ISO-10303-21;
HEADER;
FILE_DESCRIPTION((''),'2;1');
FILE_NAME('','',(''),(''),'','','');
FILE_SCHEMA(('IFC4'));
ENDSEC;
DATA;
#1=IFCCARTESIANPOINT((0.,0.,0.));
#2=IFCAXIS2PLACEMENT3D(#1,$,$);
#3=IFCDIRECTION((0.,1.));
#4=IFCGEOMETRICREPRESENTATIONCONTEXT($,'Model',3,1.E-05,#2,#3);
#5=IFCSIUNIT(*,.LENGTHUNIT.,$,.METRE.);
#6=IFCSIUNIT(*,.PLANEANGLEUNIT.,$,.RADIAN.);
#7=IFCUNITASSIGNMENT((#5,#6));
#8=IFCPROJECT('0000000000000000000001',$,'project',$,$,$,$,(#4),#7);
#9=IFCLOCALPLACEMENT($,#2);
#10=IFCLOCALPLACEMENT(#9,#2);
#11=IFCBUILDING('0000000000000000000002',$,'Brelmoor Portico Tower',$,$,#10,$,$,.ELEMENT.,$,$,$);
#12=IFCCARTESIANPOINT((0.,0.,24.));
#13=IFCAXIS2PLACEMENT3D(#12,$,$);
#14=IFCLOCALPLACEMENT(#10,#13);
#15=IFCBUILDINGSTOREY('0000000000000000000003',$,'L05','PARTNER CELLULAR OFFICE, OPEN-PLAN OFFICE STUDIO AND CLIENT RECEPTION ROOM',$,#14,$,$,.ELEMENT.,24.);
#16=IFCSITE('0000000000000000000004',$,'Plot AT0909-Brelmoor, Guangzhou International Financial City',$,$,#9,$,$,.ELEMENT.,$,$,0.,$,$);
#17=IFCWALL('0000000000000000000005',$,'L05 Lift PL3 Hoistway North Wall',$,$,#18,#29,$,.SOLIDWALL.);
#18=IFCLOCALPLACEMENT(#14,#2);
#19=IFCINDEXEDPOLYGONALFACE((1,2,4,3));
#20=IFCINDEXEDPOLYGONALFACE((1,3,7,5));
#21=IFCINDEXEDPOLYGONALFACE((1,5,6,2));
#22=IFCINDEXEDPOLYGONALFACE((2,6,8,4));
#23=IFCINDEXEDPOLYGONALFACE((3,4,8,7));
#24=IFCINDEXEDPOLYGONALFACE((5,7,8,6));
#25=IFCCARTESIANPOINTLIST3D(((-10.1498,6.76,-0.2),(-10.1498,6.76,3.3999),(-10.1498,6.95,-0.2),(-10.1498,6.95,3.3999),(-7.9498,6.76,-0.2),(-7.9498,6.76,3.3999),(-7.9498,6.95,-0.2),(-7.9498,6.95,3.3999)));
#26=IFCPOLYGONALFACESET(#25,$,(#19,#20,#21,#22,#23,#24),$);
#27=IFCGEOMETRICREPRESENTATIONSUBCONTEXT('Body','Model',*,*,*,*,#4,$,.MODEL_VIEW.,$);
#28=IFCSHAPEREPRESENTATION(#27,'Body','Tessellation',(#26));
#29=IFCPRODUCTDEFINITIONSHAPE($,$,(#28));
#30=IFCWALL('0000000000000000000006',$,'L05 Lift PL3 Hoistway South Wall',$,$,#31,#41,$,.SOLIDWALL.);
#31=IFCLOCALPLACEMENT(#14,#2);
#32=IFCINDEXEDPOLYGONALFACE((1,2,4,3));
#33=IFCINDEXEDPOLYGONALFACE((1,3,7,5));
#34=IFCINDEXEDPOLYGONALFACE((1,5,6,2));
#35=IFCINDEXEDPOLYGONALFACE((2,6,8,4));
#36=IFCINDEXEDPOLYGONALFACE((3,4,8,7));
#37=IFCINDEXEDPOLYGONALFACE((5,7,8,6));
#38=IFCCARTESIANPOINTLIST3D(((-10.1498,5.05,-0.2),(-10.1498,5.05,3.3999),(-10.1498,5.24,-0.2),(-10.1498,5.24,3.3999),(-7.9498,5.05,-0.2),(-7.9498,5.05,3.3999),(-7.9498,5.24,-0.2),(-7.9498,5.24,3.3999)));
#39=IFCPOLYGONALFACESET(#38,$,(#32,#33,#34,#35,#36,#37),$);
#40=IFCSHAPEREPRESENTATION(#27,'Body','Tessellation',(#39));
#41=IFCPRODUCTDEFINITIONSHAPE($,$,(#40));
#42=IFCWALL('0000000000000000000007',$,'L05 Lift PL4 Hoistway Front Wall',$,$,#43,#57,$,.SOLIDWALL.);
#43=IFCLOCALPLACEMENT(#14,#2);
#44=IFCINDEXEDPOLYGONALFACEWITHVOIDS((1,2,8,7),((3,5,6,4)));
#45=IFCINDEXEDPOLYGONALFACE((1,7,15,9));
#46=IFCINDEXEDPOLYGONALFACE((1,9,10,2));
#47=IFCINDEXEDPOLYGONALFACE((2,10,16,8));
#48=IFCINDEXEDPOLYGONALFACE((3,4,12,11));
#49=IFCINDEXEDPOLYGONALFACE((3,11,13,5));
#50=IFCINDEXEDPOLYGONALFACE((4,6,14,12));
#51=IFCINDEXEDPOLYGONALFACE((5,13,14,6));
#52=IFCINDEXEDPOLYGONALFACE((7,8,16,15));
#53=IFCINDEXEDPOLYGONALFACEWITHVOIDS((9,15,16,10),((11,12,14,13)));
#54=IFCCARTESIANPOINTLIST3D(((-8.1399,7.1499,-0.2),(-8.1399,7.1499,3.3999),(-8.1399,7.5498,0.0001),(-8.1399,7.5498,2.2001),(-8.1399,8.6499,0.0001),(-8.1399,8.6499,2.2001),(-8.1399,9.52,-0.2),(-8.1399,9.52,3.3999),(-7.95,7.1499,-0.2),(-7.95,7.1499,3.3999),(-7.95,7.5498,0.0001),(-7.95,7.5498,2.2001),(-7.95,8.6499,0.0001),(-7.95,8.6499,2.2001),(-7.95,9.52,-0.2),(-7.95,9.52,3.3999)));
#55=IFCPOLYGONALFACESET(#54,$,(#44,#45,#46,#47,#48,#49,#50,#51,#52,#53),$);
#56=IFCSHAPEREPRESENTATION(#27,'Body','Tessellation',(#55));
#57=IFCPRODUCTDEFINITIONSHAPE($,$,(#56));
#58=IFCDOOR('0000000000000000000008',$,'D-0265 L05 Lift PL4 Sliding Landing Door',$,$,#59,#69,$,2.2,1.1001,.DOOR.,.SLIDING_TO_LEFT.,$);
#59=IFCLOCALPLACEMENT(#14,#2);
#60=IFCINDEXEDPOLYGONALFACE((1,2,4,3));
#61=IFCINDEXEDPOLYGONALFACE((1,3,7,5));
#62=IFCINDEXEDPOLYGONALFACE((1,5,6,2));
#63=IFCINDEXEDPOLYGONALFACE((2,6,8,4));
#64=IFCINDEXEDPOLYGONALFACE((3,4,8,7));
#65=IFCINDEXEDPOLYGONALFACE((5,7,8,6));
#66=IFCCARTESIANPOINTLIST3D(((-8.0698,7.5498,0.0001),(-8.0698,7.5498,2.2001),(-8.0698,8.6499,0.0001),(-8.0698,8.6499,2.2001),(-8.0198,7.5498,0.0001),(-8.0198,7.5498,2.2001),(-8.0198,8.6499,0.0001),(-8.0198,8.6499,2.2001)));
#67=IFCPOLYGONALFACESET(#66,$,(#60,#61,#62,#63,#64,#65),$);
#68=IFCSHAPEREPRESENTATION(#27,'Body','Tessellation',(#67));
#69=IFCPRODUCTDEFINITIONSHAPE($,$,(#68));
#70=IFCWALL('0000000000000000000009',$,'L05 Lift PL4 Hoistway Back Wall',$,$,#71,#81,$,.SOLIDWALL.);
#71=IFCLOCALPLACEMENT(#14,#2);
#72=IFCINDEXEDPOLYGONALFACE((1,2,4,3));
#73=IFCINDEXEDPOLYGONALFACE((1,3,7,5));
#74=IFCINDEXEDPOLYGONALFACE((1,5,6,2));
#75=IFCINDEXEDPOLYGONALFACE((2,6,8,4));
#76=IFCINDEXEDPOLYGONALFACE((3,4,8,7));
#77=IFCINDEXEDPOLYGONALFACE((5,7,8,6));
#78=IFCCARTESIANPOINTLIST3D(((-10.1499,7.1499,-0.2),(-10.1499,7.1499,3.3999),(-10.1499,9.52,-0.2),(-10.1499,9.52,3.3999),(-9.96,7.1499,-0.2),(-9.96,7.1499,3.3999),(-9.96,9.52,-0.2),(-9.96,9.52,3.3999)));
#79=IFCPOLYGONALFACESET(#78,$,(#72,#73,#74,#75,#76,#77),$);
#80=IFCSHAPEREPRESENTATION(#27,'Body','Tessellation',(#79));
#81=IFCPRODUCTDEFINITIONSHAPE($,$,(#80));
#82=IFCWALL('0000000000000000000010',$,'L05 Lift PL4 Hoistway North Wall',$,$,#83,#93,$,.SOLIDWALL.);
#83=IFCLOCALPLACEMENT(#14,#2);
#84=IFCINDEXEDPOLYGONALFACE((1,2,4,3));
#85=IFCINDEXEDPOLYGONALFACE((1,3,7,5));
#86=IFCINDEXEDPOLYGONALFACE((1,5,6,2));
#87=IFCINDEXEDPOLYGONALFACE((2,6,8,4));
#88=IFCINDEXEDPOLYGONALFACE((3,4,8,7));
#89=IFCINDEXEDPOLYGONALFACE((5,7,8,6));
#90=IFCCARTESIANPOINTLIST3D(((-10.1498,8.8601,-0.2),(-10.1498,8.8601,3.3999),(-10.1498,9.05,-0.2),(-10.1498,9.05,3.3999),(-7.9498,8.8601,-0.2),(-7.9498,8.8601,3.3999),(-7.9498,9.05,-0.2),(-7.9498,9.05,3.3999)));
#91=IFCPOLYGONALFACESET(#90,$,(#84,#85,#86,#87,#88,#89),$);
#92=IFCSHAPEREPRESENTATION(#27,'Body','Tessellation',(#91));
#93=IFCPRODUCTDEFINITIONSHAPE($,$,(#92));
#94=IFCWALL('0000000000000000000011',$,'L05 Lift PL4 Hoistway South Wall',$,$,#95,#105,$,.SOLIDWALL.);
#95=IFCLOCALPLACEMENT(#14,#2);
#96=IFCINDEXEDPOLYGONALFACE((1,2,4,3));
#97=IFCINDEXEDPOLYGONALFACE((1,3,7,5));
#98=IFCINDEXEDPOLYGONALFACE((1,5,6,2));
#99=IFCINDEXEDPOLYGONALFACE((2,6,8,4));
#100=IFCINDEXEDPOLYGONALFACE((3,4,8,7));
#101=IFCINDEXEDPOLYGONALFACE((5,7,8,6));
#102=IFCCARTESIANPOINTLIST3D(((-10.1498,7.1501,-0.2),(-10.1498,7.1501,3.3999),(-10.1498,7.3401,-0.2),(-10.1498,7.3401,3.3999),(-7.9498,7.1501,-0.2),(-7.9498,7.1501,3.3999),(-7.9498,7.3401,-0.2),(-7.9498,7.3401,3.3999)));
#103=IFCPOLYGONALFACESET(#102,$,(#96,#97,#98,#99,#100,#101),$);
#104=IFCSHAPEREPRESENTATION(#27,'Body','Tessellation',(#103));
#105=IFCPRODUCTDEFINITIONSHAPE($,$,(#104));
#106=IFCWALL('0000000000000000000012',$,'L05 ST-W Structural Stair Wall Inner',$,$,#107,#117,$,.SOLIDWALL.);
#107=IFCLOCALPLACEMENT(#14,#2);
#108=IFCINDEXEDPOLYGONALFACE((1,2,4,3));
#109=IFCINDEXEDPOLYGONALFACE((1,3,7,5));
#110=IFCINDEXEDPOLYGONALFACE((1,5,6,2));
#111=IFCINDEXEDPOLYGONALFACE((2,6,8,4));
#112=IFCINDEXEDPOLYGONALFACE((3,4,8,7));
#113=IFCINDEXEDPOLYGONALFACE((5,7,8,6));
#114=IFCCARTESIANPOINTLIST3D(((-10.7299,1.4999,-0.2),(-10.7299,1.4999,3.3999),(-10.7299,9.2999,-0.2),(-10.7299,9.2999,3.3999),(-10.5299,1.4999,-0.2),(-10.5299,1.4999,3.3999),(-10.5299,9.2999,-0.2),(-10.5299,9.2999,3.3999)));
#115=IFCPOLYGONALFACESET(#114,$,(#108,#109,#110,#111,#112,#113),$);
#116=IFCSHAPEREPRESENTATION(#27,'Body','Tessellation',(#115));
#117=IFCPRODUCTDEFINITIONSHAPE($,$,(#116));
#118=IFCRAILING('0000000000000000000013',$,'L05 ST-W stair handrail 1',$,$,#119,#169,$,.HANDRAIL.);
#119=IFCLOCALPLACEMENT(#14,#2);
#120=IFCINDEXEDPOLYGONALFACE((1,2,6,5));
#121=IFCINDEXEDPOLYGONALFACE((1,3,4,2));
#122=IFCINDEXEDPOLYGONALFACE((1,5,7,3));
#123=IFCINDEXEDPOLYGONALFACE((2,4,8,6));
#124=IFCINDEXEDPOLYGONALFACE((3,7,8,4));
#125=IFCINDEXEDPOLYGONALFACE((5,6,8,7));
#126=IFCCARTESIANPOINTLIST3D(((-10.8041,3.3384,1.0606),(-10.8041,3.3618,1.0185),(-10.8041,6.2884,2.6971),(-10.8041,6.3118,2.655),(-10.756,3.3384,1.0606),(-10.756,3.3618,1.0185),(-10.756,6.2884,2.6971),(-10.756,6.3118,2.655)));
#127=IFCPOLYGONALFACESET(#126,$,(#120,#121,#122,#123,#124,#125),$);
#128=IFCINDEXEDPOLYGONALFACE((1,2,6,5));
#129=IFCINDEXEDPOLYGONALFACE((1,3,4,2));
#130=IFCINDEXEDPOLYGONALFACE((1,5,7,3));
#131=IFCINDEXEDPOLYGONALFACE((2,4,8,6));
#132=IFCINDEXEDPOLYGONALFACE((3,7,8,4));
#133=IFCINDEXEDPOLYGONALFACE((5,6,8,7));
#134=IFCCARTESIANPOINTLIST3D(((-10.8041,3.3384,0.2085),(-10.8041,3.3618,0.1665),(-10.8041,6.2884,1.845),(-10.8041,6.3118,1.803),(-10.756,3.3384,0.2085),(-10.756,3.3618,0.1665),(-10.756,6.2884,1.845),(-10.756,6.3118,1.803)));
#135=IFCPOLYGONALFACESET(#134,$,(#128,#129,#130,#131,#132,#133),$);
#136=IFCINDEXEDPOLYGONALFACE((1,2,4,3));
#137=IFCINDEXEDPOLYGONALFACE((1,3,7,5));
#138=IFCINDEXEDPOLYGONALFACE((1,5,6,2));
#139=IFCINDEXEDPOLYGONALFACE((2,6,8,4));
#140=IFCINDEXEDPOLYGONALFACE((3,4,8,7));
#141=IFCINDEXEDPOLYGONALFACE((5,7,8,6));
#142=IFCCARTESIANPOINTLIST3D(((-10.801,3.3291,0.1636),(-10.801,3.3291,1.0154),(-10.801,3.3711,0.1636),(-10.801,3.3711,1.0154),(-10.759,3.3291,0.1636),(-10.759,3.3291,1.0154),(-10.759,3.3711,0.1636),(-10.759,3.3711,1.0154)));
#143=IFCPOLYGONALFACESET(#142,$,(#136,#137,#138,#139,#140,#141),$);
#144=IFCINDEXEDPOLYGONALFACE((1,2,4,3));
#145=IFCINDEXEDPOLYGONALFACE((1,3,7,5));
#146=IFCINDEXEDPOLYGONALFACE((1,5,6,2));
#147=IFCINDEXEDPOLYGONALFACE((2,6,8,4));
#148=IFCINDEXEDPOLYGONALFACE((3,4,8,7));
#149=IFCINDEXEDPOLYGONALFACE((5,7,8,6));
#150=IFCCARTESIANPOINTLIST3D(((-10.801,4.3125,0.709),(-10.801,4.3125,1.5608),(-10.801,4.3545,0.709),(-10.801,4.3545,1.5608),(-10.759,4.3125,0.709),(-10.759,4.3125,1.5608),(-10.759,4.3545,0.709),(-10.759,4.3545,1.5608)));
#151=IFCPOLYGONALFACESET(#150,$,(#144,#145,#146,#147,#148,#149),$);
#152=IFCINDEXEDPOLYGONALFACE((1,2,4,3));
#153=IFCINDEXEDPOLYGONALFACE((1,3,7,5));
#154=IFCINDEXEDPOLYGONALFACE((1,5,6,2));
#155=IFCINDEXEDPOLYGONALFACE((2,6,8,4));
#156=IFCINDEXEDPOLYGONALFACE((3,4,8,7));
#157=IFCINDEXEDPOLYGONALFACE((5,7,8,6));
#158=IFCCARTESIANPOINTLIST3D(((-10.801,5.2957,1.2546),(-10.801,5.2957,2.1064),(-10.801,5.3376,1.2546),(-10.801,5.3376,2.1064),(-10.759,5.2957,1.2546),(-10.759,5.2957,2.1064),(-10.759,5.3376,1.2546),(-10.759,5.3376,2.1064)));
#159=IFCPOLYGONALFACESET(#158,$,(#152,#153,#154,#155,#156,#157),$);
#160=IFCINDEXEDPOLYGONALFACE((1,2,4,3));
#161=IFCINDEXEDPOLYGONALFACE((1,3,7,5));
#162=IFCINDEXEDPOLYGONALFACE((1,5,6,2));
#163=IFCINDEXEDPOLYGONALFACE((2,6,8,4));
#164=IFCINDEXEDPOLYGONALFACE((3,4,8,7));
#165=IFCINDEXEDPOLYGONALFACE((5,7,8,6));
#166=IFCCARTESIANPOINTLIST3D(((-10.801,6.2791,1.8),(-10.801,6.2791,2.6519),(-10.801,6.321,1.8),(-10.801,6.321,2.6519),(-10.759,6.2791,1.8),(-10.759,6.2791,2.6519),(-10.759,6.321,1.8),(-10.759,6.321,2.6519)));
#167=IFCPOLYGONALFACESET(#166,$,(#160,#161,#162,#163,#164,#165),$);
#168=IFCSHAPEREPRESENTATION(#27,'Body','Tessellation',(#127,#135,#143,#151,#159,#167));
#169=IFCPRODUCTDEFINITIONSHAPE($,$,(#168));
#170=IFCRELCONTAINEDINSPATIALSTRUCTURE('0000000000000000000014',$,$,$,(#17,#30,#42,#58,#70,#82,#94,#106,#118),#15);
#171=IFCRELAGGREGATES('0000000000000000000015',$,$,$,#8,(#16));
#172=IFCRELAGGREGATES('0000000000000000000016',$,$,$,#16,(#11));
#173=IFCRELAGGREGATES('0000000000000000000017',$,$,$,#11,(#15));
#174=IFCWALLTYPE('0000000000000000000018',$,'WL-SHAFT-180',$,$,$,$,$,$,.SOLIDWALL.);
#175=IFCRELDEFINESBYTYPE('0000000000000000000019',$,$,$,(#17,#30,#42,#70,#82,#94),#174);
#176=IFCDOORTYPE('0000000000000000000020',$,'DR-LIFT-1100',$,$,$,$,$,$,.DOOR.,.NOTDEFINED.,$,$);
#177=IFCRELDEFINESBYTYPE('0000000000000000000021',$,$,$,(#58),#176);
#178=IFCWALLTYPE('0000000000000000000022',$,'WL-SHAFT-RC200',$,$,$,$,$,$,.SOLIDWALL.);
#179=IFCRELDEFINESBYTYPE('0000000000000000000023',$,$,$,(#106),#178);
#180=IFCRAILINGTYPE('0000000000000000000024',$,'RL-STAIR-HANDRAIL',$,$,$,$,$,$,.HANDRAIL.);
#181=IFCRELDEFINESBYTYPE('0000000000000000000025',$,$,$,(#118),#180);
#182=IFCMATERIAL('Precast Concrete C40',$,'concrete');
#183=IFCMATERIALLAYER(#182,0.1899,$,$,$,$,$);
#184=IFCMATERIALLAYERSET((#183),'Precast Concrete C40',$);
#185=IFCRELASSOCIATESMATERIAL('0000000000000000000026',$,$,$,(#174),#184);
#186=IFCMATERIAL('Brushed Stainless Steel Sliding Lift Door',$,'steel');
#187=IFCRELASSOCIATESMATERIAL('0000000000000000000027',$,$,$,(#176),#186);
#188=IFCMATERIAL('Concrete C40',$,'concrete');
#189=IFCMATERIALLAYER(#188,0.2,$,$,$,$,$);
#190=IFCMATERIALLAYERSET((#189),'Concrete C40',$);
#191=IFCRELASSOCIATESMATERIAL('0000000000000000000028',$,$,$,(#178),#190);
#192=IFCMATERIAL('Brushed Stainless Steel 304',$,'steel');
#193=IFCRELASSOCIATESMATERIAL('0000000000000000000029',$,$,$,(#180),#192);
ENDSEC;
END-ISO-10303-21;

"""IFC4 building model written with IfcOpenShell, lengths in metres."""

from ifc_helpers import new_model, si_unit, direction, frame, frame_2d, origin, origin_2d, place, context, subcontext, project, spatial, rectangle, extrude, material, layer, layer_set, type_object, element, fill, save


model = new_model("IFC4")

# Units and contexts
model_context = context("Model", 3, precision=1e-05, world=origin(), true_north=direction((0.0, 1.0)))
body_context = subcontext(model_context, "Body", "Model", "MODEL_VIEW")
ifc_project = project(units=[si_unit("LENGTHUNIT", "METRE"), si_unit("PLANEANGLEUNIT", "RADIAN")], contexts=[model_context])

# Site, building, storey
site_placement = place(None, origin())
site = spatial("IfcSite", under=ifc_project, at=site_placement, Name="Plot AT0909-Brelmoor, Guangzhou International Financial City", CompositionType="ELEMENT", RefElevation=0.0)
building_placement = place(site_placement, origin())
building = spatial("IfcBuilding", under=site, at=building_placement, Name="Brelmoor Portico Tower", CompositionType="ELEMENT")
storey_placement = place(building_placement, frame((0.0, 0.0, 24.0)))
storey = spatial("IfcBuildingStorey", under=building, at=storey_placement, Name="L05", Description="PARTNER CELLULAR OFFICE, OPEN-PLAN OFFICE STUDIO AND CLIENT RECEPTION ROOM", CompositionType="ELEMENT", Elevation=24.0)

# Shared definitions
ifc_material_1 = material(Name="Precast Concrete C40", Category="concrete")
ifc_layer_1 = layer(ifc_material_1, 0.1899)
ifc_layer_set_1 = layer_set([ifc_layer_1], Name="Precast Concrete C40")
wall_type_1 = type_object("IfcWallType", Name="WL-SHAFT-180", PredefinedType="SOLIDWALL", material=ifc_layer_set_1)
ifc_material_2 = material(Name="Brushed Stainless Steel Sliding Lift Door", Category="steel")
door_type_1 = type_object("IfcDoorType", Name="DR-LIFT-1100", OperationType="NOTDEFINED", PredefinedType="DOOR", material=ifc_material_2)

# Walls
for number, where, z_axis, x_axis, name in (
    (1, (-10.1499, 6.855, -0.2), (0.0, 0.0, 1.0), (1.0, 0.0, 0.0), "L05 Lift PL3 Hoistway North Wall"),
    (2, (-10.1499, 5.145, -0.2), (0.0, 0.0, 1.0), (1.0, 0.0, 0.0), "L05 Lift PL3 Hoistway South Wall"),
):
    element("IfcWall", number, at=place(storey_placement, frame(where, z_axis=z_axis, x_axis=x_axis)), inside=storey, type_object=wall_type_1, Name=name, PredefinedType="SOLIDWALL", context=body_context, shape_type="SweptSolid", body=[
        extrude(rectangle(XDim=2.2, YDim=0.1899, at=frame_2d((1.1001, 0.0))), origin(), (0.0, 0.0, 1.0), 3.5999),
    ])

# Wall, opening, door
wall_1_placement = place(storey_placement, frame((-8.0449, 7.1499, -0.2), z_axis=(0.0, 0.0, 1.0), x_axis=(0.0, 1.0, 0.0)))
wall_1 = element("IfcWall", 3, at=wall_1_placement, inside=storey, type_object=wall_type_1, Name="L05 Lift PL4 Hoistway Front Wall", PredefinedType="SOLIDWALL", context=body_context, shape_type="SweptSolid", body=[
    extrude(rectangle(XDim=2.3701, YDim=0.1899, at=frame_2d((1.1851, 0.0))), origin(), (0.0, 0.0, 1.0), 3.5999),
])
opening_1_placement = place(wall_1_placement, frame((0.3999, 0.0, 0.2)))
opening_1 = element("IfcOpeningElement", 4, at=opening_1_placement, cuts=wall_1, PredefinedType="OPENING", context=body_context, shape_type="SweptSolid", body=[
    extrude(rectangle(XDim=1.1001, YDim=2.2, at=frame_2d((0.55, 1.1001))), frame((0.0, 0.105, 0.0), z_axis=(0.0, -1.0, 0.0), x_axis=(1.0, 0.0, 0.0)), (0.0, 0.0, 1.0), 0.21),
])
door_1_placement = place(opening_1_placement, origin())
door_1 = element("IfcDoor", 5, at=door_1_placement, inside=storey, type_object=door_type_1, Name="D-0265 L05 Lift PL4 Sliding Landing Door", OperationType="SLIDING_TO_LEFT", OverallHeight=2.2, OverallWidth=1.1001, PredefinedType="DOOR", context=body_context, shape_type="SweptSolid", body=[
    extrude(rectangle(XDim=1.1001, YDim=2.2, at=frame_2d((0.55, 1.1001))), frame((0.0, 0.0249, 0.0), z_axis=(0.0, -1.0, 0.0), x_axis=(1.0, 0.0, 0.0)), (0.0, 0.0, 1.0), 0.05),
])
fill(opening_1, door_1)

# Walls
wall_2_placement = place(storey_placement, frame((-10.0549, 7.1499, -0.2), z_axis=(0.0, 0.0, 1.0), x_axis=(0.0, 1.0, 0.0)))
element("IfcWall", 6, at=wall_2_placement, inside=storey, type_object=wall_type_1, Name="L05 Lift PL4 Hoistway Back Wall", PredefinedType="SOLIDWALL", context=body_context, shape_type="SweptSolid", body=[
    extrude(rectangle(XDim=2.3701, YDim=0.1899, at=frame_2d((1.1851, 0.0))), origin(), (0.0, 0.0, 1.0), 3.5999),
])
for number, where, z_axis, x_axis, name in (
    (7, (-10.1499, 8.9551, -0.2), (0.0, 0.0, 1.0), (1.0, 0.0, 0.0), "L05 Lift PL4 Hoistway North Wall"),
    (8, (-10.1499, 7.2451, -0.2), (0.0, 0.0, 1.0), (1.0, 0.0, 0.0), "L05 Lift PL4 Hoistway South Wall"),
):
    element("IfcWall", number, at=place(storey_placement, frame(where, z_axis=z_axis, x_axis=x_axis)), inside=storey, type_object=wall_type_1, Name=name, PredefinedType="SOLIDWALL", context=body_context, shape_type="SweptSolid", body=[
        extrude(rectangle(XDim=2.2, YDim=0.1899, at=frame_2d((1.1001, 0.0))), origin(), (0.0, 0.0, 1.0), 3.5999),
    ])
ifc_material_3 = material(Name="Concrete C40", Category="concrete")
ifc_layer_2 = layer(ifc_material_3, 0.2)
ifc_layer_set_2 = layer_set([ifc_layer_2], Name="Concrete C40")
wall_type_2 = type_object("IfcWallType", Name="WL-SHAFT-RC200", PredefinedType="SOLIDWALL", material=ifc_layer_set_2)
wall_3_placement = place(storey_placement, frame((-10.6299, 1.5, -0.2), z_axis=(0.0, 0.0, 1.0), x_axis=(0.0, 1.0, 0.0)))
element("IfcWall", 9, at=wall_3_placement, inside=storey, type_object=wall_type_2, Name="L05 ST-W Structural Stair Wall Inner", PredefinedType="SOLIDWALL", context=body_context, shape_type="SweptSolid", body=[
    extrude(rectangle(XDim=7.8, YDim=0.2, at=frame_2d((3.8999, 0.0))), origin(), (0.0, 0.0, 1.0), 3.5999),
])

# Railing
ifc_material_4 = material(Name="Brushed Stainless Steel 304", Category="steel")
railing_type = type_object("IfcRailingType", Name="RL-STAIR-HANDRAIL", PredefinedType="HANDRAIL", material=ifc_material_4)
railing_placement = place(storey_placement, frame((-10.78, 3.3501, 0.1636)))
element("IfcRailing", 10, at=railing_placement, inside=storey, type_object=railing_type, Name="L05 ST-W stair handrail 1", PredefinedType="HANDRAIL", context=body_context, shape_type="SweptSolid", body=[
    extrude(rectangle(XDim=0.0481, YDim=0.0481, at=origin_2d()), frame((0.0, 0.0, 0.876), z_axis=(0.0, 0.874458, 0.485102), x_axis=(-1.0, 0.0, 0.0)), (0.0, 0.0, 1.0), 3.3735),
    extrude(rectangle(XDim=0.0481, YDim=0.0481, at=origin_2d()), frame((0.0, 0.0, 0.0239), z_axis=(0.0, 0.874458, 0.485102), x_axis=(-1.0, 0.0, 0.0)), (0.0, 0.0, 1.0), 3.3735),
    extrude(rectangle(XDim=0.042, YDim=0.042, at=origin_2d()), origin(), (0.0, 0.0, 1.0), 0.8518),
    extrude(rectangle(XDim=0.042, YDim=0.042, at=origin_2d()), frame((0.0, 0.9834, 0.5454)), (0.0, 0.0, 1.0), 0.8518),
    extrude(rectangle(XDim=0.042, YDim=0.042, at=origin_2d()), frame((0.0, 1.9666, 1.0911)), (0.0, 0.0, 1.0), 0.8518),
    extrude(rectangle(XDim=0.042, YDim=0.042, at=origin_2d()), frame((0.0, 2.95, 1.6365)), (0.0, 0.0, 1.0), 0.8518),
])

save(model, "model.ifc")
